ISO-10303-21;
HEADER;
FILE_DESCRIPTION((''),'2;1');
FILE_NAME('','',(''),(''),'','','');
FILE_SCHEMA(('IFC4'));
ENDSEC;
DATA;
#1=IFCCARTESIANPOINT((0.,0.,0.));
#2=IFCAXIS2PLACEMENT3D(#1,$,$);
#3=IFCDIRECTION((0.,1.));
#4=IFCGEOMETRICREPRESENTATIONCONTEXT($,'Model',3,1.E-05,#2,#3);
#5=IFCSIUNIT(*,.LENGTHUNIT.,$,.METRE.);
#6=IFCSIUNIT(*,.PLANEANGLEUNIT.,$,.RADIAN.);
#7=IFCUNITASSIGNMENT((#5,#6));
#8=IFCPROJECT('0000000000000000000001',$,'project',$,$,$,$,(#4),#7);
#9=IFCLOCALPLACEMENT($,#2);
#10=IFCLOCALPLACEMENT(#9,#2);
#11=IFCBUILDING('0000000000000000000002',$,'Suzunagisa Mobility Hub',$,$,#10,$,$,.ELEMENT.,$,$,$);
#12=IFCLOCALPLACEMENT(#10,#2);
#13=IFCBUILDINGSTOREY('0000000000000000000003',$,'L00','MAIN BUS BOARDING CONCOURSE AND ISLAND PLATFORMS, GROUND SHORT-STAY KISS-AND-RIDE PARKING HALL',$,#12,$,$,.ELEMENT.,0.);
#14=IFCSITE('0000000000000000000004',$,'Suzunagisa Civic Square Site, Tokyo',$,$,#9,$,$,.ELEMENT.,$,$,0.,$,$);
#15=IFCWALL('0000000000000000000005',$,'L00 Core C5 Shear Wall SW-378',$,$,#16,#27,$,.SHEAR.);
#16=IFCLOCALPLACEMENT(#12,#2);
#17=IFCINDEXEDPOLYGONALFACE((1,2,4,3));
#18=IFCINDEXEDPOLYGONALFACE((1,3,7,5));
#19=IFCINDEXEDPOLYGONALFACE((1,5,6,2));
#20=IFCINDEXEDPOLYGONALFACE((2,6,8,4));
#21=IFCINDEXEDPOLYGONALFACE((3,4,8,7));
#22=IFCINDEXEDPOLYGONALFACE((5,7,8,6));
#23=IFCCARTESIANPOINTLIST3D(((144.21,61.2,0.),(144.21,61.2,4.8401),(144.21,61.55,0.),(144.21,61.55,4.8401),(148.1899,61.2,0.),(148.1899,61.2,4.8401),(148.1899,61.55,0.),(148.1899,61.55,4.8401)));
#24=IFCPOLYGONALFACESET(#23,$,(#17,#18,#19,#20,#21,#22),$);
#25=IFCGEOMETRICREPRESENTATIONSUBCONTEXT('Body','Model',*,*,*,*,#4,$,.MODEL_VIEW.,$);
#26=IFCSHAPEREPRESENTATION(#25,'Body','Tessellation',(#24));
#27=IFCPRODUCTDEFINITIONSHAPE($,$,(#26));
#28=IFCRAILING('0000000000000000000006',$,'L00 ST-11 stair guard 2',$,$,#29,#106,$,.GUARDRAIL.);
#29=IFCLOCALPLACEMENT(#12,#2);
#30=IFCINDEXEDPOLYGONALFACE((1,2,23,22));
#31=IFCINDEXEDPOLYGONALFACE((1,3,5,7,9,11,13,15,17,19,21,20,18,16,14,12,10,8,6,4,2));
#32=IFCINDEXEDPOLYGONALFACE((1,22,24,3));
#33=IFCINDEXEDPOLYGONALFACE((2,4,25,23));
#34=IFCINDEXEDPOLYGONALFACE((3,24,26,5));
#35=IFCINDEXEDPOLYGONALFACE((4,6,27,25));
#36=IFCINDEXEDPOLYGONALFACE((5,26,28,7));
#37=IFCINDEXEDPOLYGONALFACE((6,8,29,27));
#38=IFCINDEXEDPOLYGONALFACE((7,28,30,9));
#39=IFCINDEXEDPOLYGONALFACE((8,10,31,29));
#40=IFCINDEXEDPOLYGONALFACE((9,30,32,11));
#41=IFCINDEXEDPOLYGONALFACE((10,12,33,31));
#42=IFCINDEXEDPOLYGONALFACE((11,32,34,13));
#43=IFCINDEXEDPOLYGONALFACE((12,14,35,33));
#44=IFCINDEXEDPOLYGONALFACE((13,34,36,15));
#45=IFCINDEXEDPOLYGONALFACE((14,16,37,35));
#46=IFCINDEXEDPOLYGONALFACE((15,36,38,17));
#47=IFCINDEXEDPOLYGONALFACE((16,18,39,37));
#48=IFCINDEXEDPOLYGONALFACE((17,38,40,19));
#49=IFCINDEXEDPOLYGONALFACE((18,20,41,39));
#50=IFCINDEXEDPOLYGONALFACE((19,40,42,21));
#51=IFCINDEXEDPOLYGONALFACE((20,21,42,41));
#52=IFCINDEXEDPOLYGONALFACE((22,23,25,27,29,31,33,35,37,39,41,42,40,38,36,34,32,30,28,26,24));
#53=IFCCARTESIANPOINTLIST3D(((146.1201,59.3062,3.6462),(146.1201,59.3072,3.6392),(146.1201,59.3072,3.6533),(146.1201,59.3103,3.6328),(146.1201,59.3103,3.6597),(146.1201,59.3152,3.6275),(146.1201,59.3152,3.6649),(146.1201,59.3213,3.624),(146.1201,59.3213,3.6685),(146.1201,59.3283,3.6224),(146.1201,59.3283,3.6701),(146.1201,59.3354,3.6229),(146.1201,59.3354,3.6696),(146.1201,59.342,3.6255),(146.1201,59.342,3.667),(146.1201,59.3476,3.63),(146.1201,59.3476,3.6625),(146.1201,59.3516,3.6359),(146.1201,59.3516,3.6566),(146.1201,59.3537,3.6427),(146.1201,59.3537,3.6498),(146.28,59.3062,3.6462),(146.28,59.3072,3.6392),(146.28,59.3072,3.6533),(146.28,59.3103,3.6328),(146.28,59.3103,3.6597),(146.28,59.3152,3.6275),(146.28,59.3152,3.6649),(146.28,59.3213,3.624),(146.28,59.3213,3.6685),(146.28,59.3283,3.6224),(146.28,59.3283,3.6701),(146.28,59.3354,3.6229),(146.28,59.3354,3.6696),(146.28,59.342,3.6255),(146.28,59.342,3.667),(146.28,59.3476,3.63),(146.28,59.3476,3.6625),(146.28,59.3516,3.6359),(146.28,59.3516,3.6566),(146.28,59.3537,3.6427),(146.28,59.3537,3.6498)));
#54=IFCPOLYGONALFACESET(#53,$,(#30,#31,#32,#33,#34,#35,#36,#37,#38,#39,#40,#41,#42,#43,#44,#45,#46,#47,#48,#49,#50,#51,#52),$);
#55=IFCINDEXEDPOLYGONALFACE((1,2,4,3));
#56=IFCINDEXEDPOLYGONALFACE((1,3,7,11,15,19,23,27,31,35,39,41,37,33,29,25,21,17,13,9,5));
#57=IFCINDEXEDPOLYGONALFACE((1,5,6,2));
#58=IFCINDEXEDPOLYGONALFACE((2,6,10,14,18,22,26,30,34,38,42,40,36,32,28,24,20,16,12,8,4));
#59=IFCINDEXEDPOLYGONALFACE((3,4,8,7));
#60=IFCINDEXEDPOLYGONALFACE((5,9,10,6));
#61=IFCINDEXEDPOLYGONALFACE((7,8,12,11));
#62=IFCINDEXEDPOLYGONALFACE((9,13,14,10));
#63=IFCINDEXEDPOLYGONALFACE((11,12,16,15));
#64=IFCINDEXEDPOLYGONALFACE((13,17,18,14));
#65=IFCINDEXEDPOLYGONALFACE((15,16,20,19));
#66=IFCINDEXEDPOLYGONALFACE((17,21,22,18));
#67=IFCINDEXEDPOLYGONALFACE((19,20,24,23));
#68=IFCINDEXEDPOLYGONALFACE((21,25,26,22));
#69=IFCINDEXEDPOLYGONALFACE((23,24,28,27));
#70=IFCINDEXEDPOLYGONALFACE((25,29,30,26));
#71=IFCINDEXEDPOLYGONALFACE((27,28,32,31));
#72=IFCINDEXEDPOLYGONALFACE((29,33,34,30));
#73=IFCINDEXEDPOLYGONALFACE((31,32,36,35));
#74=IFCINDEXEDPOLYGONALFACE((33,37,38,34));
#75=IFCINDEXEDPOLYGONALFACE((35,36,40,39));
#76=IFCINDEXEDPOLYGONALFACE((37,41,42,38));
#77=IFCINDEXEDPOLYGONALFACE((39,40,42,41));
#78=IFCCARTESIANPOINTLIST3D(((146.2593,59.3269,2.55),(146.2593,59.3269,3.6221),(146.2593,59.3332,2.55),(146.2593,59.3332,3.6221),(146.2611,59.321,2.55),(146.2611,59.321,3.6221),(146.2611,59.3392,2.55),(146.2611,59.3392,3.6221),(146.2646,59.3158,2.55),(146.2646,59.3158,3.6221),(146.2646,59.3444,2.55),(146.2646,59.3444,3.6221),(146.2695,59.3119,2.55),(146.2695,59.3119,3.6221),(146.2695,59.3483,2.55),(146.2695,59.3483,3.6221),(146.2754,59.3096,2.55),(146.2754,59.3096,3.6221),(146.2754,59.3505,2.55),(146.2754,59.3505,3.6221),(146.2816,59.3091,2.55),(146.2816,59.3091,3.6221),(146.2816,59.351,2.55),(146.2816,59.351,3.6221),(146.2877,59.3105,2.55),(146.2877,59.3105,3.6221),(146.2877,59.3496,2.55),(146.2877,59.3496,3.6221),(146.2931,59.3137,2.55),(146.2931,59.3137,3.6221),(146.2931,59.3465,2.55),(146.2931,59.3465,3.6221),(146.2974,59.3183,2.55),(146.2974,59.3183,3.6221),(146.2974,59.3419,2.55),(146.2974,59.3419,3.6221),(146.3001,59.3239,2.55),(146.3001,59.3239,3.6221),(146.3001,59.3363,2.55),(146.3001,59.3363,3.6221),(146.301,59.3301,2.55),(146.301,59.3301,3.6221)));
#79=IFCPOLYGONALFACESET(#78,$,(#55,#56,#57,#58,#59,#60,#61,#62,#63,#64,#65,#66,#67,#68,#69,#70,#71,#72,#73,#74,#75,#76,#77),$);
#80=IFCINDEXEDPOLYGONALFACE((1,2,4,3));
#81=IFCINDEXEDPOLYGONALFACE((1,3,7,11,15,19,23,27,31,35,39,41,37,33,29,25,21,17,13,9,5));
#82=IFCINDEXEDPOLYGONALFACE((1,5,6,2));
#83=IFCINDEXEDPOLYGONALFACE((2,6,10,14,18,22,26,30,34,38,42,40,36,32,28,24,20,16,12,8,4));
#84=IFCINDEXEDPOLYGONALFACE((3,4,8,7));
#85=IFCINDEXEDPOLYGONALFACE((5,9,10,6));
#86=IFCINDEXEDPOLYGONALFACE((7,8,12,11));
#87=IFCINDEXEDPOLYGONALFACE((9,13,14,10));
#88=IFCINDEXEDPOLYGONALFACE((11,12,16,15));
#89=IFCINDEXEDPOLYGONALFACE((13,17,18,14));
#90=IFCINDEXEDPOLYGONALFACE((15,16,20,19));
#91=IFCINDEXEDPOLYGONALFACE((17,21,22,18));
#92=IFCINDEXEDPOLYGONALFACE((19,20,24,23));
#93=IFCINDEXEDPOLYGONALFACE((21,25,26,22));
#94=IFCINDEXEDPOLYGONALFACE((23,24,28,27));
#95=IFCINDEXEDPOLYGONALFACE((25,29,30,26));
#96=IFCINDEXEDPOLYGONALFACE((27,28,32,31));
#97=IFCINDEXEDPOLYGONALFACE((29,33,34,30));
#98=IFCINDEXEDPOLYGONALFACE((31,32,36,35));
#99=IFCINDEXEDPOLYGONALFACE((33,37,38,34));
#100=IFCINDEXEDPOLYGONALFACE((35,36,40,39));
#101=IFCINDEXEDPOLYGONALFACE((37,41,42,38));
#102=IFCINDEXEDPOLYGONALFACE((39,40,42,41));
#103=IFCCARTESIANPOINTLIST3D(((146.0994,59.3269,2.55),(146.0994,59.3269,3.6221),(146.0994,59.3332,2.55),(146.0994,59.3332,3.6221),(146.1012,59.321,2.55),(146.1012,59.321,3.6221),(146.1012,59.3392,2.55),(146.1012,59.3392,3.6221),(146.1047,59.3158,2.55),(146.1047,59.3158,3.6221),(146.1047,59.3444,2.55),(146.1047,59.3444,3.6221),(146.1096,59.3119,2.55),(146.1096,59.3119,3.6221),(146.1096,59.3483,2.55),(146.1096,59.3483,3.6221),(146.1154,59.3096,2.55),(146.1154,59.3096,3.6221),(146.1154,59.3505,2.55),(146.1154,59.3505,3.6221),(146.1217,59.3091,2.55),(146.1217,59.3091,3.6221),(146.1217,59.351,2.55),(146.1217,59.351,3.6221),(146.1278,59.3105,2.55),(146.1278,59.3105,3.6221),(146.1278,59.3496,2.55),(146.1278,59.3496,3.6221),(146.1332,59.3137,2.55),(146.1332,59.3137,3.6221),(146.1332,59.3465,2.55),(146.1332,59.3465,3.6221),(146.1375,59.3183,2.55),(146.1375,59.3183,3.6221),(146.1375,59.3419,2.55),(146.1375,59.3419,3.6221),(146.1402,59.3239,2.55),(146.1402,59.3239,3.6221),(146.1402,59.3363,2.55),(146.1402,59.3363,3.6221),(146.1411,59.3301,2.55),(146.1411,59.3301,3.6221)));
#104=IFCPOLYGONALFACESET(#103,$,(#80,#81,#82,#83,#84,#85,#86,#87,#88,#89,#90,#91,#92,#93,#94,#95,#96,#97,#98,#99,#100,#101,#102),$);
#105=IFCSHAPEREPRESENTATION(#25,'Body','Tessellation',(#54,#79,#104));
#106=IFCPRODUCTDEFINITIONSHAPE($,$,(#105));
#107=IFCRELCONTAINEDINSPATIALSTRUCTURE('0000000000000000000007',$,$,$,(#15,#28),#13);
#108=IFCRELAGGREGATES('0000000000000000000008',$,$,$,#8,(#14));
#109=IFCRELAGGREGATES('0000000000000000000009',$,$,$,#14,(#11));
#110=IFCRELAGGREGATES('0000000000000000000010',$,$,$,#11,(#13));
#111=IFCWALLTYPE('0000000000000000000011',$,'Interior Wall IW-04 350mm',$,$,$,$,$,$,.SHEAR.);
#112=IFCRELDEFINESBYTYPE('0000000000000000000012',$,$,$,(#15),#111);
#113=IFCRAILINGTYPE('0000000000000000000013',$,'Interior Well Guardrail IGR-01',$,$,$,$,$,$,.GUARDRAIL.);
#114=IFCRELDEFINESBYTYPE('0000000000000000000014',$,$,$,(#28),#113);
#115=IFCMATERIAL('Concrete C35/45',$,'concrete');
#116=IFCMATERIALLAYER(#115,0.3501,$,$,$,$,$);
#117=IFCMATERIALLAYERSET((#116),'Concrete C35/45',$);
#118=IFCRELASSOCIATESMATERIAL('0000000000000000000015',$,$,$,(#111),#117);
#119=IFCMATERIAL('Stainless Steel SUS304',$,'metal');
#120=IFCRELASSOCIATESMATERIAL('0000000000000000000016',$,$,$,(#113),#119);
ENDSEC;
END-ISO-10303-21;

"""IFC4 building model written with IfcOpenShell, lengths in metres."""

from ifc_helpers import new_model, si_unit, direction, frame, frame_2d, origin, origin_2d, place, context, subcontext, project, spatial, rectangle, circle, extrude, material, layer, layer_set, type_object, element, save


model = new_model("IFC4")

# Units and contexts
model_context = context("Model", 3, precision=1e-05, world=origin(), true_north=direction((0.0, 1.0)))
body_context = subcontext(model_context, "Body", "Model", "MODEL_VIEW")
ifc_project = project(units=[si_unit("LENGTHUNIT", "METRE"), si_unit("PLANEANGLEUNIT", "RADIAN")], contexts=[model_context])

# Site, building, storey
site_placement = place(None, origin())
site = spatial("IfcSite", under=ifc_project, at=site_placement, Name="Suzunagisa Civic Square Site, Tokyo", CompositionType="ELEMENT", RefElevation=0.0)
building_placement = place(site_placement, origin())
building = spatial("IfcBuilding", under=site, at=building_placement, Name="Suzunagisa Mobility Hub", CompositionType="ELEMENT")
storey_placement = place(building_placement, origin())
storey = spatial("IfcBuildingStorey", under=building, at=storey_placement, Name="L00", Description="MAIN BUS BOARDING CONCOURSE AND ISLAND PLATFORMS, GROUND SHORT-STAY KISS-AND-RIDE PARKING HALL", CompositionType="ELEMENT", Elevation=0.0)

# Wall
ifc_material_1 = material(Name="Concrete C35/45", Category="concrete")
ifc_layer_1 = layer(ifc_material_1, 0.3501)
ifc_layer_set_1 = layer_set([ifc_layer_1], Name="Concrete C35/45")
wall_type_1 = type_object("IfcWallType", Name="Interior Wall IW-04 350mm", PredefinedType="SHEAR", material=ifc_layer_set_1)
wall_1_placement = place(storey_placement, frame((144.21, 61.375, 0.0), z_axis=(0.0, 0.0, 1.0), x_axis=(1.0, 0.0, 0.0)))
element("IfcWall", 1, at=wall_1_placement, inside=storey, type_object=wall_type_1, Name="L00 Core C5 Shear Wall SW-378", PredefinedType="SHEAR", context=body_context, shape_type="SweptSolid", body=[
    extrude(rectangle(XDim=3.98, YDim=0.3501, at=frame_2d((1.99, 0.0))), origin(), (0.0, 0.0, 1.0), 4.8401),
])

# Railing
ifc_material_2 = material(Name="Stainless Steel SUS304", Category="metal")
railing_type = type_object("IfcRailingType", Name="Interior Well Guardrail IGR-01", PredefinedType="GUARDRAIL", material=ifc_material_2)
railing_placement = place(storey_placement, frame((146.28, 59.3301, 2.55)))
element("IfcRailing", 2, at=railing_placement, inside=storey, type_object=railing_type, Name="L00 ST-11 stair guard 2", PredefinedType="GUARDRAIL", context=body_context, shape_type="SweptSolid", body=[
    extrude(circle(Radius=0.0239, at=origin_2d()), frame((0.0, 0.0, 1.0962), z_axis=(-1.0, 0.0, 0.0), x_axis=(0.0, -1.0, 0.0)), (0.0, 0.0, 1.0), 0.1599),
    extrude(circle(Radius=0.021, at=origin_2d()), origin(), (0.0, 0.0, 1.0), 1.072),
    extrude(circle(Radius=0.021, at=origin_2d()), frame((-0.1599, 0.0, 0.0)), (0.0, 0.0, 1.0), 1.072),
])

save(model, "model.ifc")
